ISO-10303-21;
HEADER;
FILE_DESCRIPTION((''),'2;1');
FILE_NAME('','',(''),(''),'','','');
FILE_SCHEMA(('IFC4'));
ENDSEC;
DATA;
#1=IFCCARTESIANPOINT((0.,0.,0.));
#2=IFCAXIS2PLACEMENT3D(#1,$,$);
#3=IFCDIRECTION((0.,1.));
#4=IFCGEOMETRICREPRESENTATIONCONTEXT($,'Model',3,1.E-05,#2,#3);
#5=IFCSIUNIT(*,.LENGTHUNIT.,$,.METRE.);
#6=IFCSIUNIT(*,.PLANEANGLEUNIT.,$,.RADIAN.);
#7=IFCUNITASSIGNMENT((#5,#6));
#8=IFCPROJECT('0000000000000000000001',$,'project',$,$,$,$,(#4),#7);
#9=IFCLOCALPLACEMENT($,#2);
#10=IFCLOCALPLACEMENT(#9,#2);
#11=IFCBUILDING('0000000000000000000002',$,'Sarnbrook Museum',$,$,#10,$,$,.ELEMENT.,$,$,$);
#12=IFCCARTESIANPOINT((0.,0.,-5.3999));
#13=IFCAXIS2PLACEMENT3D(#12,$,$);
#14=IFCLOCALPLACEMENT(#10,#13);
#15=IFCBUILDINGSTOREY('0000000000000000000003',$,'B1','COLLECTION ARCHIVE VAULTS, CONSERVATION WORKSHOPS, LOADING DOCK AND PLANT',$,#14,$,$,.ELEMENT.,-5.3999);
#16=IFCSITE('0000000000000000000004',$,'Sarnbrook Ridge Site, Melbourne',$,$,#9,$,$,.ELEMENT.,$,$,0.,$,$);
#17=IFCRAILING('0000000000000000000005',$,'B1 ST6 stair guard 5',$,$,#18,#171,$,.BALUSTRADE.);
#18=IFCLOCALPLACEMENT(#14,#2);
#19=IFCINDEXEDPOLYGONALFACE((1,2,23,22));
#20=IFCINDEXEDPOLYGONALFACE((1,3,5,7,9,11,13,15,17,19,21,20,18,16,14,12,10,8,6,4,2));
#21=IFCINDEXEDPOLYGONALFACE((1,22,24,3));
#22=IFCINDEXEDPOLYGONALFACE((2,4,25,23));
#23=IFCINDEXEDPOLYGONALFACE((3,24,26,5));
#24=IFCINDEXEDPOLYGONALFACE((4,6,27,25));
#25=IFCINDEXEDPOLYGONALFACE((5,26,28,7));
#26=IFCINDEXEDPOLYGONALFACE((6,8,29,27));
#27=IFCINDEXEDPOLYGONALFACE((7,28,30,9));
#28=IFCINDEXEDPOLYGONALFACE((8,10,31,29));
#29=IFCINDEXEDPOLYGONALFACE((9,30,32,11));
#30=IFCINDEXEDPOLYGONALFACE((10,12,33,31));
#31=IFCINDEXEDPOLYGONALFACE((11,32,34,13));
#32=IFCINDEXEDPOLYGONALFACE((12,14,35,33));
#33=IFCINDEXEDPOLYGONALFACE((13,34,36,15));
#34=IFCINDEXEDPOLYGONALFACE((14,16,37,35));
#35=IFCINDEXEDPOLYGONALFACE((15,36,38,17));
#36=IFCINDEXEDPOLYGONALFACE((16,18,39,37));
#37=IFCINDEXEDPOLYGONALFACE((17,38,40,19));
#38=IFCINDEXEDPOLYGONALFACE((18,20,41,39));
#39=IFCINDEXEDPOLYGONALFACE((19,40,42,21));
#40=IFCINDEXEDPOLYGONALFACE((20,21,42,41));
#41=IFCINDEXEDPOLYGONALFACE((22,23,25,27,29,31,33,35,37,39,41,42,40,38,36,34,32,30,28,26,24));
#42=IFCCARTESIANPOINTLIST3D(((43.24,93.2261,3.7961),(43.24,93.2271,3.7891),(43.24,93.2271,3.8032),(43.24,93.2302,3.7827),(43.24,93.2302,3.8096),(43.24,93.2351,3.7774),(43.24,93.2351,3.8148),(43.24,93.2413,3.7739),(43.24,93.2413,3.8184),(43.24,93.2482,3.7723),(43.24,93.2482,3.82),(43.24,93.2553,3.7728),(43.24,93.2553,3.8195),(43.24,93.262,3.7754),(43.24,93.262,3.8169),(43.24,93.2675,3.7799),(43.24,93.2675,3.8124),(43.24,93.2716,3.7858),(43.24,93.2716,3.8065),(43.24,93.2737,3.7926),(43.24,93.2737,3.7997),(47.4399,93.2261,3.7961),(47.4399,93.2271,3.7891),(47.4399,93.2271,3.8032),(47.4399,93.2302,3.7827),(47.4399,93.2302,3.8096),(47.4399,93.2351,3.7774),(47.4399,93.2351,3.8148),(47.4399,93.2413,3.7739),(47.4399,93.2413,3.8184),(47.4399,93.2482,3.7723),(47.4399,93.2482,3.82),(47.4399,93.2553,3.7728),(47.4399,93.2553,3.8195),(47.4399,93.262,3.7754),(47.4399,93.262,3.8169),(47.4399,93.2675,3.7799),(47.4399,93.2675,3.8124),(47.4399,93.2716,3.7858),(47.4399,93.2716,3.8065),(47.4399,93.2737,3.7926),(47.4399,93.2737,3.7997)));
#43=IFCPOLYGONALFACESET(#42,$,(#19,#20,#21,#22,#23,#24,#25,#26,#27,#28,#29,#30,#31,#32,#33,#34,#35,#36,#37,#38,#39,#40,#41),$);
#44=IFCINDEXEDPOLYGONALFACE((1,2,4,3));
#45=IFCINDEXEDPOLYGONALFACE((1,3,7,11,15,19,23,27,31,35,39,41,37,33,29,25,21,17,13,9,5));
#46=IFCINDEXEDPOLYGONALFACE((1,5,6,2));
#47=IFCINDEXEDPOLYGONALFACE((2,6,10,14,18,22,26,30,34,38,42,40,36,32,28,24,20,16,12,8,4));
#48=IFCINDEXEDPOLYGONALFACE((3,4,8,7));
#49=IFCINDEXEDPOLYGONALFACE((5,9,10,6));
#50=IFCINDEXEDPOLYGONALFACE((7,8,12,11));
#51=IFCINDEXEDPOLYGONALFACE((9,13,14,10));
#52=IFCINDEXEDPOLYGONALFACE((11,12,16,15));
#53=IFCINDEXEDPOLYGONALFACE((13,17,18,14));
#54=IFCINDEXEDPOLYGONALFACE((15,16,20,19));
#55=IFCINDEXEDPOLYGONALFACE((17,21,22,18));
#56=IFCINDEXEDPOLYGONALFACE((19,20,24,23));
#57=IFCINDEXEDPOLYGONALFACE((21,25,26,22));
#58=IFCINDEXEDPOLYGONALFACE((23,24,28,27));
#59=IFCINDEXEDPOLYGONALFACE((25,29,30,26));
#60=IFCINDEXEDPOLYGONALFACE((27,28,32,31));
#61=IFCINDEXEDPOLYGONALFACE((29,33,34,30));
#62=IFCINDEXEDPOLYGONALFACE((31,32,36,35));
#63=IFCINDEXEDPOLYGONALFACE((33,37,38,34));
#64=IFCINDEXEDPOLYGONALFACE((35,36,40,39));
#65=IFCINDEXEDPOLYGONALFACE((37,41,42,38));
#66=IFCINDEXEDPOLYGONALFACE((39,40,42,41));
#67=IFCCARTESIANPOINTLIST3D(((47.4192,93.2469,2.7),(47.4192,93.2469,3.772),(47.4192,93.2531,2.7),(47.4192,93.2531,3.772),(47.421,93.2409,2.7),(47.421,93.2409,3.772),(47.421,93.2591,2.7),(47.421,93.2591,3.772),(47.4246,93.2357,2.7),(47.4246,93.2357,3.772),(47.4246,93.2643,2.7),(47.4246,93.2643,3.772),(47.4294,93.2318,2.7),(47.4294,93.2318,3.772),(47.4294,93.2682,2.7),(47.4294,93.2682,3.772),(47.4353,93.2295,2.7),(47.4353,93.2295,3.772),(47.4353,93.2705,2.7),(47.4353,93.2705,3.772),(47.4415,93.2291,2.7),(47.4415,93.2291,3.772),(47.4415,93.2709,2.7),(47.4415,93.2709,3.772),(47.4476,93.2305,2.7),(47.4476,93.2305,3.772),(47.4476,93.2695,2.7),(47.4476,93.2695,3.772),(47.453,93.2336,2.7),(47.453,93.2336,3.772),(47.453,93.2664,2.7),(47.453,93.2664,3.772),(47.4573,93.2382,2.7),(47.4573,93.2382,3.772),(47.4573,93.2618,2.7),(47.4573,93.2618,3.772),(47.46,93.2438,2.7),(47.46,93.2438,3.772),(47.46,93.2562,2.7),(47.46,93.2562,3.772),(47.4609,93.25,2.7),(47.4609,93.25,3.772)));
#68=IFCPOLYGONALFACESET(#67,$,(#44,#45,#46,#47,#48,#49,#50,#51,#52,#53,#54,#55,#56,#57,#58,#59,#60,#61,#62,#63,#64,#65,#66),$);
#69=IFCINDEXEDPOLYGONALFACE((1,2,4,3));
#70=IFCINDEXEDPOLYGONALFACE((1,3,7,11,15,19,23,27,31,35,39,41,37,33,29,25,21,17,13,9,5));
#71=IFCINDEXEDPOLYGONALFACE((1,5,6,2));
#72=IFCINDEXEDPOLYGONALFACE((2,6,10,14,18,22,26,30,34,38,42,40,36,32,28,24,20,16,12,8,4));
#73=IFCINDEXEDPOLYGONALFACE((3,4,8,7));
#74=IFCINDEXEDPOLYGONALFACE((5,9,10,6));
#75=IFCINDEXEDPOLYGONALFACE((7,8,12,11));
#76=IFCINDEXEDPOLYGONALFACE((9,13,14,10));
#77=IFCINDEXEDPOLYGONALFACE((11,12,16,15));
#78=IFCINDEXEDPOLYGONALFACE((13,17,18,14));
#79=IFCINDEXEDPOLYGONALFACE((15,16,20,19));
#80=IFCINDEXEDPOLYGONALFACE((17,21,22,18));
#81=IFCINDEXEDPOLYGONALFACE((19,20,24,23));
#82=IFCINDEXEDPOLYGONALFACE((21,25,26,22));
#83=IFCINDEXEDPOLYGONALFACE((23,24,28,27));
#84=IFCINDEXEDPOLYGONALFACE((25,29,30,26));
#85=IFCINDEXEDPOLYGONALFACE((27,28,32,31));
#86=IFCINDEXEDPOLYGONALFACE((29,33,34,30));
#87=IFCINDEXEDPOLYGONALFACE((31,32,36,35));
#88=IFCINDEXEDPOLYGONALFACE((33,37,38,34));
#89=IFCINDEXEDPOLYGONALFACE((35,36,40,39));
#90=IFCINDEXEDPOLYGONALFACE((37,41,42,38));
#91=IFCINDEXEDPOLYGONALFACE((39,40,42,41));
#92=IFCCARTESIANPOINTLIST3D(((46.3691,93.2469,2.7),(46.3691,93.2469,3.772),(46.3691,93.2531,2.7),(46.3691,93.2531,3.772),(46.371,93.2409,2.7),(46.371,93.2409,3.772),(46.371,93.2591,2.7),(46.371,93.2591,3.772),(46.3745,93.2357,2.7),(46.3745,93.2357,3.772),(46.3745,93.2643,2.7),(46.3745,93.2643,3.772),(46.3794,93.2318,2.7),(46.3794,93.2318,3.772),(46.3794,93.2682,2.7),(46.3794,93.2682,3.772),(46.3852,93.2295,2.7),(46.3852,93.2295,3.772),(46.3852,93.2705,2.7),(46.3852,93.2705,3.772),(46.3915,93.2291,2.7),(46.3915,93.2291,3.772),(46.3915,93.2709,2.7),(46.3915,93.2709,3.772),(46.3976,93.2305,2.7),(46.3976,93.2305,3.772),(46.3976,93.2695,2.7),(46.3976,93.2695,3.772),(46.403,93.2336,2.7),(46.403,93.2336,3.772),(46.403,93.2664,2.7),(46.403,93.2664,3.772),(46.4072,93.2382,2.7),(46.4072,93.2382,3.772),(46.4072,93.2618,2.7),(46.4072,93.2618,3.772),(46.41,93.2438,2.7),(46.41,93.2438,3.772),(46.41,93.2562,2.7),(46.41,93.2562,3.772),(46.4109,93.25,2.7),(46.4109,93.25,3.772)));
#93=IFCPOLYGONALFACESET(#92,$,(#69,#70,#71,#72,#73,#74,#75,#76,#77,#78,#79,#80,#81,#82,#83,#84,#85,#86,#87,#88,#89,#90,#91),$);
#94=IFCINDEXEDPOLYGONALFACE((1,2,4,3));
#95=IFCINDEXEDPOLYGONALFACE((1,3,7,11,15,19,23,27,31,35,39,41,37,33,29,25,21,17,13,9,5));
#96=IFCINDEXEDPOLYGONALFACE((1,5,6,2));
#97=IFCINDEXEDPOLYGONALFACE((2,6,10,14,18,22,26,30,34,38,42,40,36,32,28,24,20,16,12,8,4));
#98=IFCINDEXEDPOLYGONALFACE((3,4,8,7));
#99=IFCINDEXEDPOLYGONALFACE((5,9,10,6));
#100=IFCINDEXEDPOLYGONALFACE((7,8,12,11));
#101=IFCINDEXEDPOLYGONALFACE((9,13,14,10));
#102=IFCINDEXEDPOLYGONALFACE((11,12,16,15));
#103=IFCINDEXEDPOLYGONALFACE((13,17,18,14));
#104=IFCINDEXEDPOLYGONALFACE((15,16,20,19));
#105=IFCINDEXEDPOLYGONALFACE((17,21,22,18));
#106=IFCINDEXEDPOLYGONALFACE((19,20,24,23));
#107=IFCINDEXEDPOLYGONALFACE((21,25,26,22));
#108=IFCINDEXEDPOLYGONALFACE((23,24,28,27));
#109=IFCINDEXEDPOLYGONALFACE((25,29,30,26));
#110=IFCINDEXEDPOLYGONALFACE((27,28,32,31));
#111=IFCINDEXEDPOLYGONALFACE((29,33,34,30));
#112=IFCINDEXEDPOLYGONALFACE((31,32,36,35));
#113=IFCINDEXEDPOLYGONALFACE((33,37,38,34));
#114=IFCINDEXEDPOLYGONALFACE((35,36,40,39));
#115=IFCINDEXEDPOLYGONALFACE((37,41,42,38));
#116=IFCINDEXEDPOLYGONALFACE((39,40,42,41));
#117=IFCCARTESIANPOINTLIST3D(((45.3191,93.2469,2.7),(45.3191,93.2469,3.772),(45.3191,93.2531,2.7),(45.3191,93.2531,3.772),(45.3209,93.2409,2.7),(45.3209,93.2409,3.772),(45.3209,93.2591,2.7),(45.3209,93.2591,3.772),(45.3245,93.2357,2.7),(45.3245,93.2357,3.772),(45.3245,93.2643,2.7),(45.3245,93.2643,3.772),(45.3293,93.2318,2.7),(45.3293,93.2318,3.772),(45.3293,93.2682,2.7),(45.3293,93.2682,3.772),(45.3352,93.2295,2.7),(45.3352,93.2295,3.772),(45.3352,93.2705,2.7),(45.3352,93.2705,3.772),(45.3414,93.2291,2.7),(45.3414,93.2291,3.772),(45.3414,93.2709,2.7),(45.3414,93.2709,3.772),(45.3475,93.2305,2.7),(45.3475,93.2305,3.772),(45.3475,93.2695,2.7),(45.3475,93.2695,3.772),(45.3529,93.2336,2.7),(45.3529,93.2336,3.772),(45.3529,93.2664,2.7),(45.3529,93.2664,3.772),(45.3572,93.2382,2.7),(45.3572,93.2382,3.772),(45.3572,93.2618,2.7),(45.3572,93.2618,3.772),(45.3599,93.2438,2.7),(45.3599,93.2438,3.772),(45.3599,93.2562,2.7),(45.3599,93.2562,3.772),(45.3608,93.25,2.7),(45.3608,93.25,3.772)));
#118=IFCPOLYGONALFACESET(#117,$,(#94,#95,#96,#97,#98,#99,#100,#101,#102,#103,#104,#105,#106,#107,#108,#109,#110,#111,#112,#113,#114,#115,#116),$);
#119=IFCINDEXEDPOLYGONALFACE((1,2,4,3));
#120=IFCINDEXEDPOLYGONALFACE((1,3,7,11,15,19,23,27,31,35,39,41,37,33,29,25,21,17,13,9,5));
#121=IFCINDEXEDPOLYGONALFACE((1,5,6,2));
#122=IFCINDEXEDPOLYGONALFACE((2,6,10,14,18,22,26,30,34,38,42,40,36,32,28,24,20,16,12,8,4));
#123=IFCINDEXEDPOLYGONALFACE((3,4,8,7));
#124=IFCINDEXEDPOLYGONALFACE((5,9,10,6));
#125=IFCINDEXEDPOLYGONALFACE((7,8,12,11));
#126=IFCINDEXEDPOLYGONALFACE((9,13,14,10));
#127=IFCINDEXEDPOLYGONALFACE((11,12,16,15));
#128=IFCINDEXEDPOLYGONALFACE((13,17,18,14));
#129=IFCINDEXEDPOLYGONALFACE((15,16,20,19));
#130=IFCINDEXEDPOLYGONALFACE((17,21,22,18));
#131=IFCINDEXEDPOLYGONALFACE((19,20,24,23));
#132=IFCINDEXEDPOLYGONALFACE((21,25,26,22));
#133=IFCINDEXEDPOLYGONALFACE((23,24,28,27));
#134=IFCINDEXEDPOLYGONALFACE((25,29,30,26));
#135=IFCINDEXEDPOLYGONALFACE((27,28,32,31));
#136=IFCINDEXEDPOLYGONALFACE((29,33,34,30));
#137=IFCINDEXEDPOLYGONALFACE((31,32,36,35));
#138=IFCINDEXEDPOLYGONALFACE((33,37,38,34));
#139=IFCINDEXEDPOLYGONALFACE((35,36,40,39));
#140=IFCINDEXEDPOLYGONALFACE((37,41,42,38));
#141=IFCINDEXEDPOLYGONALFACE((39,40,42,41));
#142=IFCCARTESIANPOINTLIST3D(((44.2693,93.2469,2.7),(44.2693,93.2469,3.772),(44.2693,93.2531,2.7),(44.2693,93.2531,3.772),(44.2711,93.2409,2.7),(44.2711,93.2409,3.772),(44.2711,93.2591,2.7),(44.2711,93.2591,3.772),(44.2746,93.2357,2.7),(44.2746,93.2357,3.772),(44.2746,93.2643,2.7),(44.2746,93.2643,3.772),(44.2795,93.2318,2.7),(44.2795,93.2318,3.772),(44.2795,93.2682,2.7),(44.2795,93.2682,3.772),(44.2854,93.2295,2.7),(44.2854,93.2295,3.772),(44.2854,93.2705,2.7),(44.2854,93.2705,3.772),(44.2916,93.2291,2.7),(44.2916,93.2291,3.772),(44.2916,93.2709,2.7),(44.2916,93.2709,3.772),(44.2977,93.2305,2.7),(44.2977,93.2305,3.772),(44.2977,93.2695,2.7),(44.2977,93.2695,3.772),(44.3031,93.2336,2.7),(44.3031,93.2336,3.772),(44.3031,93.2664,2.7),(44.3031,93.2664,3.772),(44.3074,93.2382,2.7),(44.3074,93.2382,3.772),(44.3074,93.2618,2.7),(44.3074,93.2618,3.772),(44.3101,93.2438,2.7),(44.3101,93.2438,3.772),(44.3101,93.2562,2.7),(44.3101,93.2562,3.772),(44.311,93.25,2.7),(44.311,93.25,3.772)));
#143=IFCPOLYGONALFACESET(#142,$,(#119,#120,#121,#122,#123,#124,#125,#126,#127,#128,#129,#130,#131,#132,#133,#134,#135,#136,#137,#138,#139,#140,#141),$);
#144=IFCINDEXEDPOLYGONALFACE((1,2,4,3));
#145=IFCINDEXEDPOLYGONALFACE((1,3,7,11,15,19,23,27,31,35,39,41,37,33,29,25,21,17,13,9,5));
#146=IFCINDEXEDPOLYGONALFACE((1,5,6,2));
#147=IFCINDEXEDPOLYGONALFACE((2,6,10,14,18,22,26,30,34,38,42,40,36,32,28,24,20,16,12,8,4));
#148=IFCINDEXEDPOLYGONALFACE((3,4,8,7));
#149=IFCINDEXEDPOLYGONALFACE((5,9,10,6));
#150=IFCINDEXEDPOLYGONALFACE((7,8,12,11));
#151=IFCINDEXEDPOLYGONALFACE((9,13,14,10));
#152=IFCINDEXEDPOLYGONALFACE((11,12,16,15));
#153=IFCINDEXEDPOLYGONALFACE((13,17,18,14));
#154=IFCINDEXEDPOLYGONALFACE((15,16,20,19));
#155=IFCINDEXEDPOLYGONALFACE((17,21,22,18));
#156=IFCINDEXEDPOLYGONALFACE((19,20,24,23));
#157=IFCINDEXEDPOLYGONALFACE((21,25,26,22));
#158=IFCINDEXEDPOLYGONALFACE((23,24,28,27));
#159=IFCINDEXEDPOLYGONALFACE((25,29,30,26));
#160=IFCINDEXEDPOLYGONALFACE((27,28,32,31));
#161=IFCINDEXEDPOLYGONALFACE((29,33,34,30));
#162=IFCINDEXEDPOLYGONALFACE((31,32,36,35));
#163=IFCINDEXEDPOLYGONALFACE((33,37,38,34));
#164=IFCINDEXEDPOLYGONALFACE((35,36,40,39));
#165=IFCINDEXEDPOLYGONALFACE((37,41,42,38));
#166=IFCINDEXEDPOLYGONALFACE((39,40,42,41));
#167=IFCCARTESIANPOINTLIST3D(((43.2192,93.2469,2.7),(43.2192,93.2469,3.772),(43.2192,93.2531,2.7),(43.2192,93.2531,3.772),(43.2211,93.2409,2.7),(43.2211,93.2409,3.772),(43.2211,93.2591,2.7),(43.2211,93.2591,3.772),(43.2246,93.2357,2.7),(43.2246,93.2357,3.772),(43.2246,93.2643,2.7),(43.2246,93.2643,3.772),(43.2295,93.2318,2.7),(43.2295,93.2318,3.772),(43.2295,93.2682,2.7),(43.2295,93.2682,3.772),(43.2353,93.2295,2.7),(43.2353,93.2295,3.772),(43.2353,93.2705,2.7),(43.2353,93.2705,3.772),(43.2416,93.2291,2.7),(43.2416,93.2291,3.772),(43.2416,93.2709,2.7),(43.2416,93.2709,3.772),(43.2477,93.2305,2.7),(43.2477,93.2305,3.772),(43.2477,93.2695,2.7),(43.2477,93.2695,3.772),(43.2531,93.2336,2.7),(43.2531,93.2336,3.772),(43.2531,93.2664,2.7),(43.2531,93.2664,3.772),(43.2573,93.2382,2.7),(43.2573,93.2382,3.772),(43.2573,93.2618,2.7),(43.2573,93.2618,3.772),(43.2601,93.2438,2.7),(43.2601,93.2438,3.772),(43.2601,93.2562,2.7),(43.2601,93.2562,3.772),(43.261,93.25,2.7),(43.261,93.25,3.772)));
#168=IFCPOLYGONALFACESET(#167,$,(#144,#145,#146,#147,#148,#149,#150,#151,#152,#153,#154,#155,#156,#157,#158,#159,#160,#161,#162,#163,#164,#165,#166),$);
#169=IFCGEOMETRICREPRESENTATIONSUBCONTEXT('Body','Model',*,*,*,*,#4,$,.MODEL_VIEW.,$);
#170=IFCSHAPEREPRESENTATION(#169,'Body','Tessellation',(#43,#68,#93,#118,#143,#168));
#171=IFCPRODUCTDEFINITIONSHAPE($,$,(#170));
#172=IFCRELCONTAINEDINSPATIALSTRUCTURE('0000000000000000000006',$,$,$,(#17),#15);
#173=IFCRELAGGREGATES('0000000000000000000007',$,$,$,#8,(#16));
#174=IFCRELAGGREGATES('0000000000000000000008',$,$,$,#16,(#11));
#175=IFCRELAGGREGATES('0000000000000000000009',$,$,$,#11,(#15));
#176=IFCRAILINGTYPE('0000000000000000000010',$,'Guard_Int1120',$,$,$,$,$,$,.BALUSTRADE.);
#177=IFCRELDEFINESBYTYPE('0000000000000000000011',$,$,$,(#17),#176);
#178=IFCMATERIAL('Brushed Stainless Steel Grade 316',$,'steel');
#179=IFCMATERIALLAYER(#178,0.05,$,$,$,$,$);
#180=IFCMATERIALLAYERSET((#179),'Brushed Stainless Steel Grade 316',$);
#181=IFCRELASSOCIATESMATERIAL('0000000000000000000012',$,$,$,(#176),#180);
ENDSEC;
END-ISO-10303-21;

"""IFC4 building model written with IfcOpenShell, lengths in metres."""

from ifc_helpers import new_model, si_unit, direction, frame, origin, origin_2d, place, context, subcontext, project, spatial, circle, extrude, material, layer, layer_set, type_object, element, save


model = new_model("IFC4")

# Units and contexts
model_context = context("Model", 3, precision=1e-05, world=origin(), true_north=direction((0.0, 1.0)))
body_context = subcontext(model_context, "Body", "Model", "MODEL_VIEW")
ifc_project = project(units=[si_unit("LENGTHUNIT", "METRE"), si_unit("PLANEANGLEUNIT", "RADIAN")], contexts=[model_context])

# Site, building, storey
site_placement = place(None, origin())
site = spatial("IfcSite", under=ifc_project, at=site_placement, Name="Sarnbrook Ridge Site, Melbourne", CompositionType="ELEMENT", RefElevation=0.0)
building_placement = place(site_placement, origin())
building = spatial("IfcBuilding", under=site, at=building_placement, Name="Sarnbrook Museum", CompositionType="ELEMENT")
storey_placement = place(building_placement, frame((0.0, 0.0, -5.3999)))
storey = spatial("IfcBuildingStorey", under=building, at=storey_placement, Name="B1", Description="COLLECTION ARCHIVE VAULTS, CONSERVATION WORKSHOPS, LOADING DOCK AND PLANT", CompositionType="ELEMENT", Elevation=-5.3999)

# Railing
ifc_material_1 = material(Name="Brushed Stainless Steel Grade 316", Category="steel")
ifc_layer_1 = layer(ifc_material_1, 0.05)
ifc_layer_set_1 = layer_set([ifc_layer_1], Name="Brushed Stainless Steel Grade 316")
railing_type_1 = type_object("IfcRailingType", Name="Guard_Int1120", PredefinedType="BALUSTRADE", material=ifc_layer_set_1)
railing_1_placement = place(storey_placement, frame((47.4399, 93.25, 2.7)))
element("IfcRailing", 1, at=railing_1_placement, inside=storey, type_object=railing_type_1, Name="B1 ST6 stair guard 5", PredefinedType="BALUSTRADE", context=body_context, shape_type="SweptSolid", body=[
    extrude(circle(Radius=0.0239, at=origin_2d()), frame((0.0, 0.0, 1.0962), z_axis=(-1.0, 0.0, 0.0), x_axis=(0.0, -1.0, 0.0)), (0.0, 0.0, 1.0), 4.2),
    extrude(circle(Radius=0.021, at=origin_2d()), origin(), (0.0, 0.0, 1.0), 1.072),
    extrude(circle(Radius=0.021, at=origin_2d()), frame((-1.05, 0.0, 0.0)), (0.0, 0.0, 1.0), 1.072),
    extrude(circle(Radius=0.021, at=origin_2d()), frame((-2.1001, 0.0, 0.0)), (0.0, 0.0, 1.0), 1.072),
    extrude(circle(Radius=0.021, at=origin_2d()), frame((-3.1499, 0.0, 0.0)), (0.0, 0.0, 1.0), 1.072),
    extrude(circle(Radius=0.021, at=origin_2d()), frame((-4.2, 0.0, 0.0)), (0.0, 0.0, 1.0), 1.072),
])

save(model, "model.ifc")
